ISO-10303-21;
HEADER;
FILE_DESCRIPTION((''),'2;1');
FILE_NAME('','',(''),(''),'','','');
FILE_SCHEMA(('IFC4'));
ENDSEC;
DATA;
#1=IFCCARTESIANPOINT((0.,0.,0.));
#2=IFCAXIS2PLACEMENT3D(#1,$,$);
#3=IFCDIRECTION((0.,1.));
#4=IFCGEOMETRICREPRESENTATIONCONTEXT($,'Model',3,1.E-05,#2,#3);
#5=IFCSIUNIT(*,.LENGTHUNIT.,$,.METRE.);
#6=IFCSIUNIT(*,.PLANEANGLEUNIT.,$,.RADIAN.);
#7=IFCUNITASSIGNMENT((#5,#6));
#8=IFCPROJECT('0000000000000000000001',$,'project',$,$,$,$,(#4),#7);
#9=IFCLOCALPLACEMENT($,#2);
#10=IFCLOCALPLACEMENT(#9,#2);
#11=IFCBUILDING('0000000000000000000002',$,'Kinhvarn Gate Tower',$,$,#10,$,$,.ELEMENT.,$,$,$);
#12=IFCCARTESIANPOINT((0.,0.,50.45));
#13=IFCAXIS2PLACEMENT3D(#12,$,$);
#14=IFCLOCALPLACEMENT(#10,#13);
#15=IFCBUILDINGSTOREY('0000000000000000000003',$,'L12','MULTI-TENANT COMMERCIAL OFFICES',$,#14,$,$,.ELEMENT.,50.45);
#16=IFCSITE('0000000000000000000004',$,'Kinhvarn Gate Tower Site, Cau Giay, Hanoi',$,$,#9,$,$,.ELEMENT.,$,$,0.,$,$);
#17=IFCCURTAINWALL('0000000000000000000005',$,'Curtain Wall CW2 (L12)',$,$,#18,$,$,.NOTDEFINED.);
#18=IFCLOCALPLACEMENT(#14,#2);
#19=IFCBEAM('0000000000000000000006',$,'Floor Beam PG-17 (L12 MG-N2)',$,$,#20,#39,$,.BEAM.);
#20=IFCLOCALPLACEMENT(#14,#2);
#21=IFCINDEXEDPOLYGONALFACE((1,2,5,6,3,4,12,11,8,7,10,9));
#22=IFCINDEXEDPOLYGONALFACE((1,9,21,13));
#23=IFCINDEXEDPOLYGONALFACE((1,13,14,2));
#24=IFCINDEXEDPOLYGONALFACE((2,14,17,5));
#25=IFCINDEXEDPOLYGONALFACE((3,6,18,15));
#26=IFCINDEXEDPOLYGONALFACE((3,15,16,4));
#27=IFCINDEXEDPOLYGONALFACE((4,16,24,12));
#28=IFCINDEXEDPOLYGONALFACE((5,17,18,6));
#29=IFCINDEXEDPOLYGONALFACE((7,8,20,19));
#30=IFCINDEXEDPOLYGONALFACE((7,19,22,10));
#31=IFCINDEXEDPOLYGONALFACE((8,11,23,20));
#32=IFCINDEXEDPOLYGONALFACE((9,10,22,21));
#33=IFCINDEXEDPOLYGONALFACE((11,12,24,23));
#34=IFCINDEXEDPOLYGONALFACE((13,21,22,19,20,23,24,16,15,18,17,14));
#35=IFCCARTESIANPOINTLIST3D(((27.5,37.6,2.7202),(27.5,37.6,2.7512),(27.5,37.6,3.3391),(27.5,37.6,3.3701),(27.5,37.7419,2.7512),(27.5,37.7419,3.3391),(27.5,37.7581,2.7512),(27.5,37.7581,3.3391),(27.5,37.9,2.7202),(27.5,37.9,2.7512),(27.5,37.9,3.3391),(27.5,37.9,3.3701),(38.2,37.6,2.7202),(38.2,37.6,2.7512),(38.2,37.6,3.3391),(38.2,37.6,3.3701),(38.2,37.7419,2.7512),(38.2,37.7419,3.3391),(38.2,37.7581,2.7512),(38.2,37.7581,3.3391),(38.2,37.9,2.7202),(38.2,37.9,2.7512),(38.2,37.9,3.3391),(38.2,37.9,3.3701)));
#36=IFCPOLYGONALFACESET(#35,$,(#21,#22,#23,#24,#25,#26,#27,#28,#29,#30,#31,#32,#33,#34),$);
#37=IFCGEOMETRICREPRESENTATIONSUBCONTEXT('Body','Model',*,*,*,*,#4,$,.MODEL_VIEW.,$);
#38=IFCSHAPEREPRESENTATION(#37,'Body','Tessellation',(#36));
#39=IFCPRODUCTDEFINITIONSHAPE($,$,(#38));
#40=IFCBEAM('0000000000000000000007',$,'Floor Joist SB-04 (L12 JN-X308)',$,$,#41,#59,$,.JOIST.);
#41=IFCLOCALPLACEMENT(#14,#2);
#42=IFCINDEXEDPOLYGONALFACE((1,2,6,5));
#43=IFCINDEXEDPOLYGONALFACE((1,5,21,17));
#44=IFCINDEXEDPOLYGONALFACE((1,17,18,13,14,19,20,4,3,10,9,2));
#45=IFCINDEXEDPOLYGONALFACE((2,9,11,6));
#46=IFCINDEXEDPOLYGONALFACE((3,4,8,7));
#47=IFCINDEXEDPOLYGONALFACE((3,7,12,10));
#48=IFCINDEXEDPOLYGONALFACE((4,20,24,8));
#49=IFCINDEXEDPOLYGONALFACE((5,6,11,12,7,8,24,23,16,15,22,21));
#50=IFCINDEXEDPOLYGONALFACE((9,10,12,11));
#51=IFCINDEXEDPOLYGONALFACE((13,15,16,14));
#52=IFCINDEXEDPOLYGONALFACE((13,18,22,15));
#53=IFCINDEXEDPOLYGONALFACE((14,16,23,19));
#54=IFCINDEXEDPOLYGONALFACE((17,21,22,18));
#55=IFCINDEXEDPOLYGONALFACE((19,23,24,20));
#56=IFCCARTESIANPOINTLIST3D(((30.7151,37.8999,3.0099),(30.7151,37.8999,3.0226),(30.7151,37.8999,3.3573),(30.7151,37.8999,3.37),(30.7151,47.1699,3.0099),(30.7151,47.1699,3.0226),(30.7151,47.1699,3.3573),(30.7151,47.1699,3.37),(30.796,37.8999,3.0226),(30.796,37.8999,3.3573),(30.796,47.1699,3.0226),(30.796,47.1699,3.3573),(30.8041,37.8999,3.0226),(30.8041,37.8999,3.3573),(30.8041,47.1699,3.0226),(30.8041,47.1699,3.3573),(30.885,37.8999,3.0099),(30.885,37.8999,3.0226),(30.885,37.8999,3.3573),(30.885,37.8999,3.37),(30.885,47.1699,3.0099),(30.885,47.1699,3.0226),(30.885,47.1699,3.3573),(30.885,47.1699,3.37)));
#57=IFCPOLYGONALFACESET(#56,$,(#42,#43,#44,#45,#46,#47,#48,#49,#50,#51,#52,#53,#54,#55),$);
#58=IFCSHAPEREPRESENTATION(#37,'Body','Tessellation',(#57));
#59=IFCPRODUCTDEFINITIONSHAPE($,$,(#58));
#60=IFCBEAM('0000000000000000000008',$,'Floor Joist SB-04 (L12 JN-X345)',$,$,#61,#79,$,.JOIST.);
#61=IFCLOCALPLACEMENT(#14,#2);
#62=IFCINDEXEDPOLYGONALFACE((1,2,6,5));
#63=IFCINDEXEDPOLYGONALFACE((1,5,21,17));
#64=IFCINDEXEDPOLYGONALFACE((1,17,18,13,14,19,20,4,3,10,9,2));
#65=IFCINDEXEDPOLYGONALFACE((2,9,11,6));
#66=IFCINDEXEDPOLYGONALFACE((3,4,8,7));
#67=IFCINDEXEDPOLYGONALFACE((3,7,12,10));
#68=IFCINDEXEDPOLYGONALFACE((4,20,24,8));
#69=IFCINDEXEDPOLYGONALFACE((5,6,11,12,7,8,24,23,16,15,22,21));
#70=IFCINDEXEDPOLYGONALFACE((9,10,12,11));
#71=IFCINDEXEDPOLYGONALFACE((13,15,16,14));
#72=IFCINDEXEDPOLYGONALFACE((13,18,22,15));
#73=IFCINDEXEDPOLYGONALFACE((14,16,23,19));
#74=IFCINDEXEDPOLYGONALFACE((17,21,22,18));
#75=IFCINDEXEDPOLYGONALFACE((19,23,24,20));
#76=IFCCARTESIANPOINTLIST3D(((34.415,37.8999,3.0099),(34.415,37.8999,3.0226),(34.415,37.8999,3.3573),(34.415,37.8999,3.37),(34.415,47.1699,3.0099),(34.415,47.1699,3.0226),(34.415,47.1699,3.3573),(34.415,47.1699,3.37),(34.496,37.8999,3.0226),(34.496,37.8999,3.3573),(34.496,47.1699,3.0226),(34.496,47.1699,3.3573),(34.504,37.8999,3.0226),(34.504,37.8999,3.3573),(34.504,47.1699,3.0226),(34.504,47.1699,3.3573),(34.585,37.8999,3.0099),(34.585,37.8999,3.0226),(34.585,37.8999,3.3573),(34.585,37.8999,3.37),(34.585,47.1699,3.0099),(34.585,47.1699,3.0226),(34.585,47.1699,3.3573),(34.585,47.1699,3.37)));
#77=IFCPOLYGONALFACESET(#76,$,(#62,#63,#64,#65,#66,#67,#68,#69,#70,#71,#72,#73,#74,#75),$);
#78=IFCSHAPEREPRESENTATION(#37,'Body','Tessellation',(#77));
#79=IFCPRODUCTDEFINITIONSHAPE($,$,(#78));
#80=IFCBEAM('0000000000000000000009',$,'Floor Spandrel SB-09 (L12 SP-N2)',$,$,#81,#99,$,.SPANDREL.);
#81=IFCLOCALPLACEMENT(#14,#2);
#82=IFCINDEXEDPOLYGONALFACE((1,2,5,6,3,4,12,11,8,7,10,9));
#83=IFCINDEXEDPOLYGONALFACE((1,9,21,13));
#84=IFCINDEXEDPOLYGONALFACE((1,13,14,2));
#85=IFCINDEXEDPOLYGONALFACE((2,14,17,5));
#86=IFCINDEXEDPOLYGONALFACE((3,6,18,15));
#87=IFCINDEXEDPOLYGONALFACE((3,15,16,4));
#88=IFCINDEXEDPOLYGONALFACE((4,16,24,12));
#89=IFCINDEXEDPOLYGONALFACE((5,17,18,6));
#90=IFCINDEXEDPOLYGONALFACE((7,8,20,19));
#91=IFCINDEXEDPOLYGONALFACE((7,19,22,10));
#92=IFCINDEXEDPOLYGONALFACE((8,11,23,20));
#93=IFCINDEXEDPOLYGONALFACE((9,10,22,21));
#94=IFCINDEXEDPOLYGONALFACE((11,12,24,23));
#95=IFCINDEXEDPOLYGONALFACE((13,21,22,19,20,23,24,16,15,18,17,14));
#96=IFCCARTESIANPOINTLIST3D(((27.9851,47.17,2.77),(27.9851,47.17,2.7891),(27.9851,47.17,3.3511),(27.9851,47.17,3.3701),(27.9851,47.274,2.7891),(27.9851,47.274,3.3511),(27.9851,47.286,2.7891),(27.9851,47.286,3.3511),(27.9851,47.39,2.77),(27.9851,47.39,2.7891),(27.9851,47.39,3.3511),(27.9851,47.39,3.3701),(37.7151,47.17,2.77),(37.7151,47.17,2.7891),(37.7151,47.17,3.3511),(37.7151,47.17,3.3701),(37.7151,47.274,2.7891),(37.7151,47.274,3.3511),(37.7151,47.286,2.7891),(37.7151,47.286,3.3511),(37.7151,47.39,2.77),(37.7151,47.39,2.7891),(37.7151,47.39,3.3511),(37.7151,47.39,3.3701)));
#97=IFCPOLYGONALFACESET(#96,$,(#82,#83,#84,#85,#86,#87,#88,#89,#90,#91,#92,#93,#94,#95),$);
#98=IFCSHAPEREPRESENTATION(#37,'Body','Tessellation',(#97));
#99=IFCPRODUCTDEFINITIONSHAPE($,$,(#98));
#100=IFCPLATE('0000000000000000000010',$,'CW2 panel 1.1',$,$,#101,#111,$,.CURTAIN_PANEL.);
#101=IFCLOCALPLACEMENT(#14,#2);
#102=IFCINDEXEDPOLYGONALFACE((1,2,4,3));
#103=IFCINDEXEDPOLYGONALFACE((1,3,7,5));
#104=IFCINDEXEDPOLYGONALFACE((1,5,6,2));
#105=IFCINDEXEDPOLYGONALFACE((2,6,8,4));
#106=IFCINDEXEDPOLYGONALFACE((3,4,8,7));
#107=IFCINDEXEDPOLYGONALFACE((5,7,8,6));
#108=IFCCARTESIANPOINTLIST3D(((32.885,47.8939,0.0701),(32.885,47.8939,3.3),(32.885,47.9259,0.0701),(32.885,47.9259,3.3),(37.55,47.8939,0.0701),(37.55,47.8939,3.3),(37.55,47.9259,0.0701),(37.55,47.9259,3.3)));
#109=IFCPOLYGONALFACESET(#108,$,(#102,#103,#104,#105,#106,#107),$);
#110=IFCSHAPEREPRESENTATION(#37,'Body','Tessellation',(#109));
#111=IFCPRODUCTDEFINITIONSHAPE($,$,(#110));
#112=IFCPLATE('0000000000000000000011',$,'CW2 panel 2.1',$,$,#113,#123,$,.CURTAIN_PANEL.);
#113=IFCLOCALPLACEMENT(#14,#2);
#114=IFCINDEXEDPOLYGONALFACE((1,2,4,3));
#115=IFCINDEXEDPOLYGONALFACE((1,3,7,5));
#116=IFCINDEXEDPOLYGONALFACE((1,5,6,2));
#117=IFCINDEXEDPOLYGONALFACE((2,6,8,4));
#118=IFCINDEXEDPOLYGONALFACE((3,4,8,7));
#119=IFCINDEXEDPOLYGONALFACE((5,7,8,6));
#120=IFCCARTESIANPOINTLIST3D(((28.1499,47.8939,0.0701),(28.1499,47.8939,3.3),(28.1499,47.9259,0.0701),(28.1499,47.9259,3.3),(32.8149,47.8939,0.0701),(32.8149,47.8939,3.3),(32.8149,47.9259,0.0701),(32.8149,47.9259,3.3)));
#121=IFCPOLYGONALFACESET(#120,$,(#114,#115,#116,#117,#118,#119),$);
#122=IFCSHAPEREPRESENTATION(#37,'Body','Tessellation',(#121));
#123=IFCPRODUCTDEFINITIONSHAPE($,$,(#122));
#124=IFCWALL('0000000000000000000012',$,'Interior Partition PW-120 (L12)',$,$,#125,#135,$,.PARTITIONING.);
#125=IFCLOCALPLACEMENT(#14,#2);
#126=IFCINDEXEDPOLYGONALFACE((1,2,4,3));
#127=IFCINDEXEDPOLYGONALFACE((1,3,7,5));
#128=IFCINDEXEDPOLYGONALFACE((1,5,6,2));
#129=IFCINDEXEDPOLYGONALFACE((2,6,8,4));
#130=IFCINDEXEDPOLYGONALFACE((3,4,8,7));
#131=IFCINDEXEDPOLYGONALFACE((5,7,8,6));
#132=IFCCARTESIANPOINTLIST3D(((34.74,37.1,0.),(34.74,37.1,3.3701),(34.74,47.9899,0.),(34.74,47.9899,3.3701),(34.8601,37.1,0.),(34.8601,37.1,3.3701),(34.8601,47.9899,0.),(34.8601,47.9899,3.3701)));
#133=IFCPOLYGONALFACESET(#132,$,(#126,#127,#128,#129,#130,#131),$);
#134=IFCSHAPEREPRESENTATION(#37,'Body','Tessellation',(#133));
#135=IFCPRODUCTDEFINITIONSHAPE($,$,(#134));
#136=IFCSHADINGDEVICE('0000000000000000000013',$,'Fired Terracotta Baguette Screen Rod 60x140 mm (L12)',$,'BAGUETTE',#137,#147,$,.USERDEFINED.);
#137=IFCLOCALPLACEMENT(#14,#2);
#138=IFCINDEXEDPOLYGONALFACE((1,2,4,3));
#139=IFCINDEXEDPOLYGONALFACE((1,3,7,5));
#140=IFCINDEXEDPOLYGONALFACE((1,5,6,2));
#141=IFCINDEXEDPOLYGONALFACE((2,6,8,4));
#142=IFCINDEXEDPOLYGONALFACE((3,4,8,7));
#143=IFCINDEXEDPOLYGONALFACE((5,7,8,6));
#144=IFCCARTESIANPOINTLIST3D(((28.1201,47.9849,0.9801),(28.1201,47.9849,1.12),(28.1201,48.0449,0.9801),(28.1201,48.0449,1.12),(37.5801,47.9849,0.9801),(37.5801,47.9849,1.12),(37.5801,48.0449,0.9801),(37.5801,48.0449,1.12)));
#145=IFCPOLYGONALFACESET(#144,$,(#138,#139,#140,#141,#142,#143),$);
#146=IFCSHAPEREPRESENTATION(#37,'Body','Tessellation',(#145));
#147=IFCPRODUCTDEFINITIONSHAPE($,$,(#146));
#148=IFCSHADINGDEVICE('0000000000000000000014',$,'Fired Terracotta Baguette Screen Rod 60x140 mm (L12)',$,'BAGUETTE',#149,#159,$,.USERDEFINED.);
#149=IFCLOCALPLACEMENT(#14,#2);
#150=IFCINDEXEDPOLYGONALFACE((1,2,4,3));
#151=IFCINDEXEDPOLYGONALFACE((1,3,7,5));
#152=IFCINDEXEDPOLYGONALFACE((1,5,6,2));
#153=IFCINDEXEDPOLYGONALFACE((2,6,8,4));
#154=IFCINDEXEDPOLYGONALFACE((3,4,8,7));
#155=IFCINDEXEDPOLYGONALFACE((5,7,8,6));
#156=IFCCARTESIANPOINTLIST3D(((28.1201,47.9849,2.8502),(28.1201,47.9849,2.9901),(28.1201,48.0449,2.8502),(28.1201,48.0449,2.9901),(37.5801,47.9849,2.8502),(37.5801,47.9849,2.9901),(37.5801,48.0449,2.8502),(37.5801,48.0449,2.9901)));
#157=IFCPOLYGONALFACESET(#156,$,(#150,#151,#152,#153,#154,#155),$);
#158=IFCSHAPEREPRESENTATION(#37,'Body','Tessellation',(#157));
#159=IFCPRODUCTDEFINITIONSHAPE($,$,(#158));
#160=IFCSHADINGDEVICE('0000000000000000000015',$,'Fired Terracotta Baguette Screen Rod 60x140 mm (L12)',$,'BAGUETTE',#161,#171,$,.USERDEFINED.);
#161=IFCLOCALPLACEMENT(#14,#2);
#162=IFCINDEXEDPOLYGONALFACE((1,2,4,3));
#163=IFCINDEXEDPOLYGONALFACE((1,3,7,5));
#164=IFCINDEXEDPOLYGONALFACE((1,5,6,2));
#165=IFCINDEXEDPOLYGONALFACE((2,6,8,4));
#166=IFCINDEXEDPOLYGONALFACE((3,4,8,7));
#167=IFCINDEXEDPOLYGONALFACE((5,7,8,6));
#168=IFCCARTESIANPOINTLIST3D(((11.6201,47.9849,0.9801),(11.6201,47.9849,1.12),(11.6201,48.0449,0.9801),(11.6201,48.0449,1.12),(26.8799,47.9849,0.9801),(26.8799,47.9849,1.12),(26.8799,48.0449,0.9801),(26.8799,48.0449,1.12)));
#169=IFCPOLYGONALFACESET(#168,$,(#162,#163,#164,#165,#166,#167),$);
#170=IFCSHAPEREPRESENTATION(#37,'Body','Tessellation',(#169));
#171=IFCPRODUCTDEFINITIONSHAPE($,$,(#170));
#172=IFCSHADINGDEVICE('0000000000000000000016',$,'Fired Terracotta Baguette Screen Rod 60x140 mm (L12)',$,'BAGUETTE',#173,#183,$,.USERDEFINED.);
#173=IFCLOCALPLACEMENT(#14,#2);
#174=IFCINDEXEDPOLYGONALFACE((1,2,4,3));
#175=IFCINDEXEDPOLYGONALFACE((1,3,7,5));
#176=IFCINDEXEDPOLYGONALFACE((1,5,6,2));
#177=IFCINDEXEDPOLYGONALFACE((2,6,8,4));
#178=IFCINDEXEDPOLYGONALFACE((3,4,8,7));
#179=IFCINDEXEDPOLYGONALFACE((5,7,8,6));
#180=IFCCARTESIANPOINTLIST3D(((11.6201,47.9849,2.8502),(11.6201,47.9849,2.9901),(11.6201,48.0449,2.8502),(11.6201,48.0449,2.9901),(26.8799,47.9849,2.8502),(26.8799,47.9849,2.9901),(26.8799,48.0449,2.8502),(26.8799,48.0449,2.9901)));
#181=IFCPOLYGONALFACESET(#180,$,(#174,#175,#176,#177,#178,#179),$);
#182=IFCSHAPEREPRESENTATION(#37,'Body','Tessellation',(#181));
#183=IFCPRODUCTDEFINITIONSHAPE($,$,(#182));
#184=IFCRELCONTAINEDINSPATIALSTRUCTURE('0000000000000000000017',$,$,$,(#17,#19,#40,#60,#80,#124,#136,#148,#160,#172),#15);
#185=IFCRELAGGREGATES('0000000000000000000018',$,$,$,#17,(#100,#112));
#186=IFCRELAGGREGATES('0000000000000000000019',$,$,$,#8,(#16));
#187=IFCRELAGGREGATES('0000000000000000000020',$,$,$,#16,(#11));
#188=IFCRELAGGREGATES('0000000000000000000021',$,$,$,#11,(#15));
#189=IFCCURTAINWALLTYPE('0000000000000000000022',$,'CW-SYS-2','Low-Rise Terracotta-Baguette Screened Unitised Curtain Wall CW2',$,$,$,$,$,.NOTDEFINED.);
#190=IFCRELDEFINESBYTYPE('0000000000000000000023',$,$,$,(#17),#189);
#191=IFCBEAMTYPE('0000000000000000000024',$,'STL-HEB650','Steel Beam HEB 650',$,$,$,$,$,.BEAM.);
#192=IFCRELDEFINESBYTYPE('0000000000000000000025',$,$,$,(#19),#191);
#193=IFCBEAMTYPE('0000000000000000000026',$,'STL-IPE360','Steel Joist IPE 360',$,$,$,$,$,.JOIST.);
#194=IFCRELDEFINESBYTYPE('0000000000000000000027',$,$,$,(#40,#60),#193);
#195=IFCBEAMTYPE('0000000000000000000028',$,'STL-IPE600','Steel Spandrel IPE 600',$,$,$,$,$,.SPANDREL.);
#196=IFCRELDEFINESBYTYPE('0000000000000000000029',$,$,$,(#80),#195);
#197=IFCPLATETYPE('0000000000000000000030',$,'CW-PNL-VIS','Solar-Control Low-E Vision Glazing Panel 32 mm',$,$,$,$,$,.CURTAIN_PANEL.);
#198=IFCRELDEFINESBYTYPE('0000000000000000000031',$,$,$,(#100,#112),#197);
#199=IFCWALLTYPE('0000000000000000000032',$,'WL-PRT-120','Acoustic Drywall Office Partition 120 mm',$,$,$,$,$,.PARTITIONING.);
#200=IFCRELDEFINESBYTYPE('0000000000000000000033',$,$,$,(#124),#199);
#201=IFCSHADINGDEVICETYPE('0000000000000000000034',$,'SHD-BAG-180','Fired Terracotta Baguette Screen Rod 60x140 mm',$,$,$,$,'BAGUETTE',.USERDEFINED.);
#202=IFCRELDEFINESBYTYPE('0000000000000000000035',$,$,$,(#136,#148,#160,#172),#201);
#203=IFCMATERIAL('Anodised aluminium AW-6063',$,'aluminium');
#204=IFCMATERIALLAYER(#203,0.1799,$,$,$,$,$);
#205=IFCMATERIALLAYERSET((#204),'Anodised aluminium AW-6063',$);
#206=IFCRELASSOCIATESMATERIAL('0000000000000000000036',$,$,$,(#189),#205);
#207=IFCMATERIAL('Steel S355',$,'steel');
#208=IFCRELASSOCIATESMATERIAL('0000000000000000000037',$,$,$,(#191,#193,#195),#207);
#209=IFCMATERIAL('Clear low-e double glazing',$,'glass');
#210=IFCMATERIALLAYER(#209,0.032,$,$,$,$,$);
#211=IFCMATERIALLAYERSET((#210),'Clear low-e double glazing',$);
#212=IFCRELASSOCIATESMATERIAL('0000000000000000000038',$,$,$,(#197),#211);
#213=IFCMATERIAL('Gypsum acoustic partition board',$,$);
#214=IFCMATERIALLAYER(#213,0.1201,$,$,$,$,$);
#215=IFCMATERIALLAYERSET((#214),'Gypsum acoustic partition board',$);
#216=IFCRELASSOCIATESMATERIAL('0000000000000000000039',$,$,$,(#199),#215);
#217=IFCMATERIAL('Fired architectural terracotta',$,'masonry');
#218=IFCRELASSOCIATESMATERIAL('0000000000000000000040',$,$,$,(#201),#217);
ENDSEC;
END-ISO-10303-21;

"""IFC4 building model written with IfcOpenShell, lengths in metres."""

from ifc_helpers import new_model, si_unit, direction, frame, frame_2d, origin, origin_2d, place, context, subcontext, project, spatial, rectangle, i_section, extrude, material, layer, layer_set, material_profile, profile_set, type_object, element, aggregate, save


model = new_model("IFC4")

# Units and contexts
model_context = context("Model", 3, precision=1e-05, world=origin(), true_north=direction((0.0, 1.0)))
body_context = subcontext(model_context, "Body", "Model", "MODEL_VIEW")
ifc_project = project(units=[si_unit("LENGTHUNIT", "METRE"), si_unit("PLANEANGLEUNIT", "RADIAN")], contexts=[model_context])

# Site, building, storey
site_placement = place(None, origin())
site = spatial("IfcSite", under=ifc_project, at=site_placement, Name="Kinhvarn Gate Tower Site, Cau Giay, Hanoi", CompositionType="ELEMENT", RefElevation=0.0)
building_placement = place(site_placement, origin())
building = spatial("IfcBuilding", under=site, at=building_placement, Name="Kinhvarn Gate Tower", CompositionType="ELEMENT")
storey_placement = place(building_placement, frame((0.0, 0.0, 50.45)))
storey = spatial("IfcBuildingStorey", under=building, at=storey_placement, Name="L12", Description="MULTI-TENANT COMMERCIAL OFFICES", CompositionType="ELEMENT", Elevation=50.45)

# Curtain wall
ifc_material_1 = material(Name="Anodised aluminium AW-6063", Category="aluminium")
ifc_layer_1 = layer(ifc_material_1, 0.1799)
ifc_layer_set_1 = layer_set([ifc_layer_1], Name="Anodised aluminium AW-6063")
curtain_wall_type = type_object("IfcCurtainWallType", Name="CW-SYS-2", Description="Low-Rise Terracotta-Baguette Screened Unitised Curtain Wall CW2", PredefinedType="NOTDEFINED", material=ifc_layer_set_1)
curtain_wall_1_placement = place(storey_placement, origin())
curtain_wall_1 = element("IfcCurtainWall", 1, at=curtain_wall_1_placement, inside=storey, type_object=curtain_wall_type, Name="Curtain Wall CW2 (L12)", PredefinedType="NOTDEFINED")

# Beams
ifc_material_2 = material(Name="Steel S355", Category="steel")
ifc_material_profile_1 = material_profile(ifc_material_2, i_section(OverallWidth=0.3, OverallDepth=0.6499, WebThickness=0.0161, FlangeThickness=0.031, at=origin_2d()), Name="HEB 650")
ifc_profile_set_1 = profile_set([ifc_material_profile_1], Name="Steel S355")
beam_type_1 = type_object("IfcBeamType", Name="STL-HEB650", Description="Steel Beam HEB 650", PredefinedType="BEAM", material=ifc_profile_set_1)
beam_1_placement = place(storey_placement, frame((27.5, 37.75, 3.0452), z_axis=(1.0, 0.0, 0.0), x_axis=(0.0, 1.0, 0.0)))
element("IfcBeam", 2, at=beam_1_placement, inside=storey, type_object=beam_type_1, Name="Floor Beam PG-17 (L12 MG-N2)", PredefinedType="BEAM", context=body_context, shape_type="SweptSolid", body=[
    extrude(i_section(OverallWidth=0.3, OverallDepth=0.6499, WebThickness=0.0161, FlangeThickness=0.031, at=origin_2d()), origin(), (0.0, 0.0, 1.0), 10.7),
])
ifc_material_profile_2 = material_profile(ifc_material_2, i_section(OverallWidth=0.1699, OverallDepth=0.3601, WebThickness=0.0081, FlangeThickness=0.0127, at=origin_2d()), Name="IPE 360")
ifc_profile_set_2 = profile_set([ifc_material_profile_2], Name="Steel S355")
beam_type_2 = type_object("IfcBeamType", Name="STL-IPE360", Description="Steel Joist IPE 360", PredefinedType="JOIST", material=ifc_profile_set_2)
for number, where, z_axis, x_axis, name in (
    (3, (30.8, 37.8999, 3.1899), (0.0, 1.0, 0.0), (-1.0, 0.0, 0.0), "Floor Joist SB-04 (L12 JN-X308)"),
    (4, (34.5, 37.8999, 3.1899), (0.0, 1.0, 0.0), (-1.0, 0.0, 0.0), "Floor Joist SB-04 (L12 JN-X345)"),
):
    element("IfcBeam", number, at=place(storey_placement, frame(where, z_axis=z_axis, x_axis=x_axis)), inside=storey, type_object=beam_type_2, Name=name, PredefinedType="JOIST", context=body_context, shape_type="SweptSolid", body=[
        extrude(i_section(OverallWidth=0.1699, OverallDepth=0.3601, WebThickness=0.0081, FlangeThickness=0.0127, at=origin_2d()), origin(), (0.0, 0.0, 1.0), 9.27),
    ])
ifc_material_profile_3 = material_profile(ifc_material_2, i_section(OverallWidth=0.22, OverallDepth=0.6001, WebThickness=0.012, FlangeThickness=0.019, at=origin_2d()), Name="IPE 600")
ifc_profile_set_3 = profile_set([ifc_material_profile_3], Name="Steel S355")
beam_type_3 = type_object("IfcBeamType", Name="STL-IPE600", Description="Steel Spandrel IPE 600", PredefinedType="SPANDREL", material=ifc_profile_set_3)
beam_2_placement = place(storey_placement, frame((27.9851, 47.28, 3.0701), z_axis=(1.0, 0.0, 0.0), x_axis=(0.0, 1.0, 0.0)))
element("IfcBeam", 5, at=beam_2_placement, inside=storey, type_object=beam_type_3, Name="Floor Spandrel SB-09 (L12 SP-N2)", PredefinedType="SPANDREL", context=body_context, shape_type="SweptSolid", body=[
    extrude(i_section(OverallWidth=0.22, OverallDepth=0.6001, WebThickness=0.012, FlangeThickness=0.019, at=origin_2d()), origin(), (0.0, 0.0, 1.0), 9.73),
])

# Plates
ifc_material_3 = material(Name="Clear low-e double glazing", Category="glass")
ifc_layer_2 = layer(ifc_material_3, 0.032)
ifc_layer_set_2 = layer_set([ifc_layer_2], Name="Clear low-e double glazing")
plate_type = type_object("IfcPlateType", Name="CW-PNL-VIS", Description="Solar-Control Low-E Vision Glazing Panel 32 mm", PredefinedType="CURTAIN_PANEL", material=ifc_layer_set_2)
plate_1_placement = place(storey_placement, frame((35.2175, 47.9099, 0.0701), z_axis=(0.0, 0.0, 1.0), x_axis=(-1.0, 0.0, 0.0)))
plate_1 = element("IfcPlate", 6, at=plate_1_placement, type_object=plate_type, Name="CW2 panel 1.1", PredefinedType="CURTAIN_PANEL", context=body_context, shape_type="SweptSolid", body=[
    extrude(rectangle(XDim=4.665, YDim=0.032, at=origin_2d()), origin(), (0.0, 0.0, 1.0), 3.23),
])
plate_2_placement = place(storey_placement, frame((30.4824, 47.9099, 0.0701), z_axis=(0.0, 0.0, 1.0), x_axis=(-1.0, 0.0, 0.0)))
plate_2 = element("IfcPlate", 7, at=plate_2_placement, type_object=plate_type, Name="CW2 panel 2.1", PredefinedType="CURTAIN_PANEL", context=body_context, shape_type="SweptSolid", body=[
    extrude(rectangle(XDim=4.665, YDim=0.032, at=origin_2d()), origin(), (0.0, 0.0, 1.0), 3.23),
])
aggregate(curtain_wall_1, [plate_1, plate_2])

# Wall
ifc_material_4 = material(Name="Gypsum acoustic partition board")
ifc_layer_3 = layer(ifc_material_4, 0.1201)
ifc_layer_set_3 = layer_set([ifc_layer_3], Name="Gypsum acoustic partition board")
wall_type = type_object("IfcWallType", Name="WL-PRT-120", Description="Acoustic Drywall Office Partition 120 mm", PredefinedType="PARTITIONING", material=ifc_layer_set_3)
wall_placement = place(storey_placement, frame((34.8, 37.1001, 0.0), z_axis=(0.0, 0.0, 1.0), x_axis=(0.0, 1.0, 0.0)))
element("IfcWall", 8, at=wall_placement, inside=storey, type_object=wall_type, Name="Interior Partition PW-120 (L12)", PredefinedType="PARTITIONING", context=body_context, shape_type="SweptSolid", body=[
    extrude(rectangle(XDim=10.8899, YDim=0.1201, at=frame_2d((5.4448, 0.0))), origin(), (0.0, 0.0, 1.0), 3.3701),
])

# Shading devices
ifc_material_5 = material(Name="Fired architectural terracotta", Category="masonry")
ifc_material_profile_4 = material_profile(ifc_material_5, rectangle(XDim=0.0601, YDim=0.1399, at=origin_2d()), Name="TC 60x140")
ifc_profile_set_4 = profile_set([ifc_material_profile_4], Name="Fired architectural terracotta")
shading_device_type = type_object("IfcShadingDeviceType", Name="SHD-BAG-180", Description="Fired Terracotta Baguette Screen Rod 60x140 mm", ElementType="BAGUETTE", PredefinedType="USERDEFINED", material=ifc_profile_set_4)
for number, where, z_axis, x_axis, name in (
    (9, (37.5801, 48.0149, 1.05), (-1.0, 0.0, 0.0), (0.0, -1.0, 0.0), "Fired Terracotta Baguette Screen Rod 60x140 mm (L12)"),
    (10, (37.5801, 48.0149, 2.9202), (-1.0, 0.0, 0.0), (0.0, -1.0, 0.0), "Fired Terracotta Baguette Screen Rod 60x140 mm (L12)"),
):
    element("IfcShadingDevice", number, at=place(storey_placement, frame(where, z_axis=z_axis, x_axis=x_axis)), inside=storey, type_object=shading_device_type, Name=name, ObjectType="BAGUETTE", PredefinedType="USERDEFINED", context=body_context, shape_type="SweptSolid", body=[
        extrude(rectangle(XDim=0.0601, YDim=0.1399, at=origin_2d()), origin(), (0.0, 0.0, 1.0), 9.46),
    ])
for number, where, z_axis, x_axis, name in (
    (11, (26.8799, 48.0149, 1.05), (-1.0, 0.0, 0.0), (0.0, -1.0, 0.0), "Fired Terracotta Baguette Screen Rod 60x140 mm (L12)"),
    (12, (26.8799, 48.0149, 2.9202), (-1.0, 0.0, 0.0), (0.0, -1.0, 0.0), "Fired Terracotta Baguette Screen Rod 60x140 mm (L12)"),
):
    element("IfcShadingDevice", number, at=place(storey_placement, frame(where, z_axis=z_axis, x_axis=x_axis)), inside=storey, type_object=shading_device_type, Name=name, ObjectType="BAGUETTE", PredefinedType="USERDEFINED", context=body_context, shape_type="SweptSolid", body=[
        extrude(rectangle(XDim=0.0601, YDim=0.1399, at=origin_2d()), origin(), (0.0, 0.0, 1.0), 15.2598),
    ])

save(model, "model.ifc")
